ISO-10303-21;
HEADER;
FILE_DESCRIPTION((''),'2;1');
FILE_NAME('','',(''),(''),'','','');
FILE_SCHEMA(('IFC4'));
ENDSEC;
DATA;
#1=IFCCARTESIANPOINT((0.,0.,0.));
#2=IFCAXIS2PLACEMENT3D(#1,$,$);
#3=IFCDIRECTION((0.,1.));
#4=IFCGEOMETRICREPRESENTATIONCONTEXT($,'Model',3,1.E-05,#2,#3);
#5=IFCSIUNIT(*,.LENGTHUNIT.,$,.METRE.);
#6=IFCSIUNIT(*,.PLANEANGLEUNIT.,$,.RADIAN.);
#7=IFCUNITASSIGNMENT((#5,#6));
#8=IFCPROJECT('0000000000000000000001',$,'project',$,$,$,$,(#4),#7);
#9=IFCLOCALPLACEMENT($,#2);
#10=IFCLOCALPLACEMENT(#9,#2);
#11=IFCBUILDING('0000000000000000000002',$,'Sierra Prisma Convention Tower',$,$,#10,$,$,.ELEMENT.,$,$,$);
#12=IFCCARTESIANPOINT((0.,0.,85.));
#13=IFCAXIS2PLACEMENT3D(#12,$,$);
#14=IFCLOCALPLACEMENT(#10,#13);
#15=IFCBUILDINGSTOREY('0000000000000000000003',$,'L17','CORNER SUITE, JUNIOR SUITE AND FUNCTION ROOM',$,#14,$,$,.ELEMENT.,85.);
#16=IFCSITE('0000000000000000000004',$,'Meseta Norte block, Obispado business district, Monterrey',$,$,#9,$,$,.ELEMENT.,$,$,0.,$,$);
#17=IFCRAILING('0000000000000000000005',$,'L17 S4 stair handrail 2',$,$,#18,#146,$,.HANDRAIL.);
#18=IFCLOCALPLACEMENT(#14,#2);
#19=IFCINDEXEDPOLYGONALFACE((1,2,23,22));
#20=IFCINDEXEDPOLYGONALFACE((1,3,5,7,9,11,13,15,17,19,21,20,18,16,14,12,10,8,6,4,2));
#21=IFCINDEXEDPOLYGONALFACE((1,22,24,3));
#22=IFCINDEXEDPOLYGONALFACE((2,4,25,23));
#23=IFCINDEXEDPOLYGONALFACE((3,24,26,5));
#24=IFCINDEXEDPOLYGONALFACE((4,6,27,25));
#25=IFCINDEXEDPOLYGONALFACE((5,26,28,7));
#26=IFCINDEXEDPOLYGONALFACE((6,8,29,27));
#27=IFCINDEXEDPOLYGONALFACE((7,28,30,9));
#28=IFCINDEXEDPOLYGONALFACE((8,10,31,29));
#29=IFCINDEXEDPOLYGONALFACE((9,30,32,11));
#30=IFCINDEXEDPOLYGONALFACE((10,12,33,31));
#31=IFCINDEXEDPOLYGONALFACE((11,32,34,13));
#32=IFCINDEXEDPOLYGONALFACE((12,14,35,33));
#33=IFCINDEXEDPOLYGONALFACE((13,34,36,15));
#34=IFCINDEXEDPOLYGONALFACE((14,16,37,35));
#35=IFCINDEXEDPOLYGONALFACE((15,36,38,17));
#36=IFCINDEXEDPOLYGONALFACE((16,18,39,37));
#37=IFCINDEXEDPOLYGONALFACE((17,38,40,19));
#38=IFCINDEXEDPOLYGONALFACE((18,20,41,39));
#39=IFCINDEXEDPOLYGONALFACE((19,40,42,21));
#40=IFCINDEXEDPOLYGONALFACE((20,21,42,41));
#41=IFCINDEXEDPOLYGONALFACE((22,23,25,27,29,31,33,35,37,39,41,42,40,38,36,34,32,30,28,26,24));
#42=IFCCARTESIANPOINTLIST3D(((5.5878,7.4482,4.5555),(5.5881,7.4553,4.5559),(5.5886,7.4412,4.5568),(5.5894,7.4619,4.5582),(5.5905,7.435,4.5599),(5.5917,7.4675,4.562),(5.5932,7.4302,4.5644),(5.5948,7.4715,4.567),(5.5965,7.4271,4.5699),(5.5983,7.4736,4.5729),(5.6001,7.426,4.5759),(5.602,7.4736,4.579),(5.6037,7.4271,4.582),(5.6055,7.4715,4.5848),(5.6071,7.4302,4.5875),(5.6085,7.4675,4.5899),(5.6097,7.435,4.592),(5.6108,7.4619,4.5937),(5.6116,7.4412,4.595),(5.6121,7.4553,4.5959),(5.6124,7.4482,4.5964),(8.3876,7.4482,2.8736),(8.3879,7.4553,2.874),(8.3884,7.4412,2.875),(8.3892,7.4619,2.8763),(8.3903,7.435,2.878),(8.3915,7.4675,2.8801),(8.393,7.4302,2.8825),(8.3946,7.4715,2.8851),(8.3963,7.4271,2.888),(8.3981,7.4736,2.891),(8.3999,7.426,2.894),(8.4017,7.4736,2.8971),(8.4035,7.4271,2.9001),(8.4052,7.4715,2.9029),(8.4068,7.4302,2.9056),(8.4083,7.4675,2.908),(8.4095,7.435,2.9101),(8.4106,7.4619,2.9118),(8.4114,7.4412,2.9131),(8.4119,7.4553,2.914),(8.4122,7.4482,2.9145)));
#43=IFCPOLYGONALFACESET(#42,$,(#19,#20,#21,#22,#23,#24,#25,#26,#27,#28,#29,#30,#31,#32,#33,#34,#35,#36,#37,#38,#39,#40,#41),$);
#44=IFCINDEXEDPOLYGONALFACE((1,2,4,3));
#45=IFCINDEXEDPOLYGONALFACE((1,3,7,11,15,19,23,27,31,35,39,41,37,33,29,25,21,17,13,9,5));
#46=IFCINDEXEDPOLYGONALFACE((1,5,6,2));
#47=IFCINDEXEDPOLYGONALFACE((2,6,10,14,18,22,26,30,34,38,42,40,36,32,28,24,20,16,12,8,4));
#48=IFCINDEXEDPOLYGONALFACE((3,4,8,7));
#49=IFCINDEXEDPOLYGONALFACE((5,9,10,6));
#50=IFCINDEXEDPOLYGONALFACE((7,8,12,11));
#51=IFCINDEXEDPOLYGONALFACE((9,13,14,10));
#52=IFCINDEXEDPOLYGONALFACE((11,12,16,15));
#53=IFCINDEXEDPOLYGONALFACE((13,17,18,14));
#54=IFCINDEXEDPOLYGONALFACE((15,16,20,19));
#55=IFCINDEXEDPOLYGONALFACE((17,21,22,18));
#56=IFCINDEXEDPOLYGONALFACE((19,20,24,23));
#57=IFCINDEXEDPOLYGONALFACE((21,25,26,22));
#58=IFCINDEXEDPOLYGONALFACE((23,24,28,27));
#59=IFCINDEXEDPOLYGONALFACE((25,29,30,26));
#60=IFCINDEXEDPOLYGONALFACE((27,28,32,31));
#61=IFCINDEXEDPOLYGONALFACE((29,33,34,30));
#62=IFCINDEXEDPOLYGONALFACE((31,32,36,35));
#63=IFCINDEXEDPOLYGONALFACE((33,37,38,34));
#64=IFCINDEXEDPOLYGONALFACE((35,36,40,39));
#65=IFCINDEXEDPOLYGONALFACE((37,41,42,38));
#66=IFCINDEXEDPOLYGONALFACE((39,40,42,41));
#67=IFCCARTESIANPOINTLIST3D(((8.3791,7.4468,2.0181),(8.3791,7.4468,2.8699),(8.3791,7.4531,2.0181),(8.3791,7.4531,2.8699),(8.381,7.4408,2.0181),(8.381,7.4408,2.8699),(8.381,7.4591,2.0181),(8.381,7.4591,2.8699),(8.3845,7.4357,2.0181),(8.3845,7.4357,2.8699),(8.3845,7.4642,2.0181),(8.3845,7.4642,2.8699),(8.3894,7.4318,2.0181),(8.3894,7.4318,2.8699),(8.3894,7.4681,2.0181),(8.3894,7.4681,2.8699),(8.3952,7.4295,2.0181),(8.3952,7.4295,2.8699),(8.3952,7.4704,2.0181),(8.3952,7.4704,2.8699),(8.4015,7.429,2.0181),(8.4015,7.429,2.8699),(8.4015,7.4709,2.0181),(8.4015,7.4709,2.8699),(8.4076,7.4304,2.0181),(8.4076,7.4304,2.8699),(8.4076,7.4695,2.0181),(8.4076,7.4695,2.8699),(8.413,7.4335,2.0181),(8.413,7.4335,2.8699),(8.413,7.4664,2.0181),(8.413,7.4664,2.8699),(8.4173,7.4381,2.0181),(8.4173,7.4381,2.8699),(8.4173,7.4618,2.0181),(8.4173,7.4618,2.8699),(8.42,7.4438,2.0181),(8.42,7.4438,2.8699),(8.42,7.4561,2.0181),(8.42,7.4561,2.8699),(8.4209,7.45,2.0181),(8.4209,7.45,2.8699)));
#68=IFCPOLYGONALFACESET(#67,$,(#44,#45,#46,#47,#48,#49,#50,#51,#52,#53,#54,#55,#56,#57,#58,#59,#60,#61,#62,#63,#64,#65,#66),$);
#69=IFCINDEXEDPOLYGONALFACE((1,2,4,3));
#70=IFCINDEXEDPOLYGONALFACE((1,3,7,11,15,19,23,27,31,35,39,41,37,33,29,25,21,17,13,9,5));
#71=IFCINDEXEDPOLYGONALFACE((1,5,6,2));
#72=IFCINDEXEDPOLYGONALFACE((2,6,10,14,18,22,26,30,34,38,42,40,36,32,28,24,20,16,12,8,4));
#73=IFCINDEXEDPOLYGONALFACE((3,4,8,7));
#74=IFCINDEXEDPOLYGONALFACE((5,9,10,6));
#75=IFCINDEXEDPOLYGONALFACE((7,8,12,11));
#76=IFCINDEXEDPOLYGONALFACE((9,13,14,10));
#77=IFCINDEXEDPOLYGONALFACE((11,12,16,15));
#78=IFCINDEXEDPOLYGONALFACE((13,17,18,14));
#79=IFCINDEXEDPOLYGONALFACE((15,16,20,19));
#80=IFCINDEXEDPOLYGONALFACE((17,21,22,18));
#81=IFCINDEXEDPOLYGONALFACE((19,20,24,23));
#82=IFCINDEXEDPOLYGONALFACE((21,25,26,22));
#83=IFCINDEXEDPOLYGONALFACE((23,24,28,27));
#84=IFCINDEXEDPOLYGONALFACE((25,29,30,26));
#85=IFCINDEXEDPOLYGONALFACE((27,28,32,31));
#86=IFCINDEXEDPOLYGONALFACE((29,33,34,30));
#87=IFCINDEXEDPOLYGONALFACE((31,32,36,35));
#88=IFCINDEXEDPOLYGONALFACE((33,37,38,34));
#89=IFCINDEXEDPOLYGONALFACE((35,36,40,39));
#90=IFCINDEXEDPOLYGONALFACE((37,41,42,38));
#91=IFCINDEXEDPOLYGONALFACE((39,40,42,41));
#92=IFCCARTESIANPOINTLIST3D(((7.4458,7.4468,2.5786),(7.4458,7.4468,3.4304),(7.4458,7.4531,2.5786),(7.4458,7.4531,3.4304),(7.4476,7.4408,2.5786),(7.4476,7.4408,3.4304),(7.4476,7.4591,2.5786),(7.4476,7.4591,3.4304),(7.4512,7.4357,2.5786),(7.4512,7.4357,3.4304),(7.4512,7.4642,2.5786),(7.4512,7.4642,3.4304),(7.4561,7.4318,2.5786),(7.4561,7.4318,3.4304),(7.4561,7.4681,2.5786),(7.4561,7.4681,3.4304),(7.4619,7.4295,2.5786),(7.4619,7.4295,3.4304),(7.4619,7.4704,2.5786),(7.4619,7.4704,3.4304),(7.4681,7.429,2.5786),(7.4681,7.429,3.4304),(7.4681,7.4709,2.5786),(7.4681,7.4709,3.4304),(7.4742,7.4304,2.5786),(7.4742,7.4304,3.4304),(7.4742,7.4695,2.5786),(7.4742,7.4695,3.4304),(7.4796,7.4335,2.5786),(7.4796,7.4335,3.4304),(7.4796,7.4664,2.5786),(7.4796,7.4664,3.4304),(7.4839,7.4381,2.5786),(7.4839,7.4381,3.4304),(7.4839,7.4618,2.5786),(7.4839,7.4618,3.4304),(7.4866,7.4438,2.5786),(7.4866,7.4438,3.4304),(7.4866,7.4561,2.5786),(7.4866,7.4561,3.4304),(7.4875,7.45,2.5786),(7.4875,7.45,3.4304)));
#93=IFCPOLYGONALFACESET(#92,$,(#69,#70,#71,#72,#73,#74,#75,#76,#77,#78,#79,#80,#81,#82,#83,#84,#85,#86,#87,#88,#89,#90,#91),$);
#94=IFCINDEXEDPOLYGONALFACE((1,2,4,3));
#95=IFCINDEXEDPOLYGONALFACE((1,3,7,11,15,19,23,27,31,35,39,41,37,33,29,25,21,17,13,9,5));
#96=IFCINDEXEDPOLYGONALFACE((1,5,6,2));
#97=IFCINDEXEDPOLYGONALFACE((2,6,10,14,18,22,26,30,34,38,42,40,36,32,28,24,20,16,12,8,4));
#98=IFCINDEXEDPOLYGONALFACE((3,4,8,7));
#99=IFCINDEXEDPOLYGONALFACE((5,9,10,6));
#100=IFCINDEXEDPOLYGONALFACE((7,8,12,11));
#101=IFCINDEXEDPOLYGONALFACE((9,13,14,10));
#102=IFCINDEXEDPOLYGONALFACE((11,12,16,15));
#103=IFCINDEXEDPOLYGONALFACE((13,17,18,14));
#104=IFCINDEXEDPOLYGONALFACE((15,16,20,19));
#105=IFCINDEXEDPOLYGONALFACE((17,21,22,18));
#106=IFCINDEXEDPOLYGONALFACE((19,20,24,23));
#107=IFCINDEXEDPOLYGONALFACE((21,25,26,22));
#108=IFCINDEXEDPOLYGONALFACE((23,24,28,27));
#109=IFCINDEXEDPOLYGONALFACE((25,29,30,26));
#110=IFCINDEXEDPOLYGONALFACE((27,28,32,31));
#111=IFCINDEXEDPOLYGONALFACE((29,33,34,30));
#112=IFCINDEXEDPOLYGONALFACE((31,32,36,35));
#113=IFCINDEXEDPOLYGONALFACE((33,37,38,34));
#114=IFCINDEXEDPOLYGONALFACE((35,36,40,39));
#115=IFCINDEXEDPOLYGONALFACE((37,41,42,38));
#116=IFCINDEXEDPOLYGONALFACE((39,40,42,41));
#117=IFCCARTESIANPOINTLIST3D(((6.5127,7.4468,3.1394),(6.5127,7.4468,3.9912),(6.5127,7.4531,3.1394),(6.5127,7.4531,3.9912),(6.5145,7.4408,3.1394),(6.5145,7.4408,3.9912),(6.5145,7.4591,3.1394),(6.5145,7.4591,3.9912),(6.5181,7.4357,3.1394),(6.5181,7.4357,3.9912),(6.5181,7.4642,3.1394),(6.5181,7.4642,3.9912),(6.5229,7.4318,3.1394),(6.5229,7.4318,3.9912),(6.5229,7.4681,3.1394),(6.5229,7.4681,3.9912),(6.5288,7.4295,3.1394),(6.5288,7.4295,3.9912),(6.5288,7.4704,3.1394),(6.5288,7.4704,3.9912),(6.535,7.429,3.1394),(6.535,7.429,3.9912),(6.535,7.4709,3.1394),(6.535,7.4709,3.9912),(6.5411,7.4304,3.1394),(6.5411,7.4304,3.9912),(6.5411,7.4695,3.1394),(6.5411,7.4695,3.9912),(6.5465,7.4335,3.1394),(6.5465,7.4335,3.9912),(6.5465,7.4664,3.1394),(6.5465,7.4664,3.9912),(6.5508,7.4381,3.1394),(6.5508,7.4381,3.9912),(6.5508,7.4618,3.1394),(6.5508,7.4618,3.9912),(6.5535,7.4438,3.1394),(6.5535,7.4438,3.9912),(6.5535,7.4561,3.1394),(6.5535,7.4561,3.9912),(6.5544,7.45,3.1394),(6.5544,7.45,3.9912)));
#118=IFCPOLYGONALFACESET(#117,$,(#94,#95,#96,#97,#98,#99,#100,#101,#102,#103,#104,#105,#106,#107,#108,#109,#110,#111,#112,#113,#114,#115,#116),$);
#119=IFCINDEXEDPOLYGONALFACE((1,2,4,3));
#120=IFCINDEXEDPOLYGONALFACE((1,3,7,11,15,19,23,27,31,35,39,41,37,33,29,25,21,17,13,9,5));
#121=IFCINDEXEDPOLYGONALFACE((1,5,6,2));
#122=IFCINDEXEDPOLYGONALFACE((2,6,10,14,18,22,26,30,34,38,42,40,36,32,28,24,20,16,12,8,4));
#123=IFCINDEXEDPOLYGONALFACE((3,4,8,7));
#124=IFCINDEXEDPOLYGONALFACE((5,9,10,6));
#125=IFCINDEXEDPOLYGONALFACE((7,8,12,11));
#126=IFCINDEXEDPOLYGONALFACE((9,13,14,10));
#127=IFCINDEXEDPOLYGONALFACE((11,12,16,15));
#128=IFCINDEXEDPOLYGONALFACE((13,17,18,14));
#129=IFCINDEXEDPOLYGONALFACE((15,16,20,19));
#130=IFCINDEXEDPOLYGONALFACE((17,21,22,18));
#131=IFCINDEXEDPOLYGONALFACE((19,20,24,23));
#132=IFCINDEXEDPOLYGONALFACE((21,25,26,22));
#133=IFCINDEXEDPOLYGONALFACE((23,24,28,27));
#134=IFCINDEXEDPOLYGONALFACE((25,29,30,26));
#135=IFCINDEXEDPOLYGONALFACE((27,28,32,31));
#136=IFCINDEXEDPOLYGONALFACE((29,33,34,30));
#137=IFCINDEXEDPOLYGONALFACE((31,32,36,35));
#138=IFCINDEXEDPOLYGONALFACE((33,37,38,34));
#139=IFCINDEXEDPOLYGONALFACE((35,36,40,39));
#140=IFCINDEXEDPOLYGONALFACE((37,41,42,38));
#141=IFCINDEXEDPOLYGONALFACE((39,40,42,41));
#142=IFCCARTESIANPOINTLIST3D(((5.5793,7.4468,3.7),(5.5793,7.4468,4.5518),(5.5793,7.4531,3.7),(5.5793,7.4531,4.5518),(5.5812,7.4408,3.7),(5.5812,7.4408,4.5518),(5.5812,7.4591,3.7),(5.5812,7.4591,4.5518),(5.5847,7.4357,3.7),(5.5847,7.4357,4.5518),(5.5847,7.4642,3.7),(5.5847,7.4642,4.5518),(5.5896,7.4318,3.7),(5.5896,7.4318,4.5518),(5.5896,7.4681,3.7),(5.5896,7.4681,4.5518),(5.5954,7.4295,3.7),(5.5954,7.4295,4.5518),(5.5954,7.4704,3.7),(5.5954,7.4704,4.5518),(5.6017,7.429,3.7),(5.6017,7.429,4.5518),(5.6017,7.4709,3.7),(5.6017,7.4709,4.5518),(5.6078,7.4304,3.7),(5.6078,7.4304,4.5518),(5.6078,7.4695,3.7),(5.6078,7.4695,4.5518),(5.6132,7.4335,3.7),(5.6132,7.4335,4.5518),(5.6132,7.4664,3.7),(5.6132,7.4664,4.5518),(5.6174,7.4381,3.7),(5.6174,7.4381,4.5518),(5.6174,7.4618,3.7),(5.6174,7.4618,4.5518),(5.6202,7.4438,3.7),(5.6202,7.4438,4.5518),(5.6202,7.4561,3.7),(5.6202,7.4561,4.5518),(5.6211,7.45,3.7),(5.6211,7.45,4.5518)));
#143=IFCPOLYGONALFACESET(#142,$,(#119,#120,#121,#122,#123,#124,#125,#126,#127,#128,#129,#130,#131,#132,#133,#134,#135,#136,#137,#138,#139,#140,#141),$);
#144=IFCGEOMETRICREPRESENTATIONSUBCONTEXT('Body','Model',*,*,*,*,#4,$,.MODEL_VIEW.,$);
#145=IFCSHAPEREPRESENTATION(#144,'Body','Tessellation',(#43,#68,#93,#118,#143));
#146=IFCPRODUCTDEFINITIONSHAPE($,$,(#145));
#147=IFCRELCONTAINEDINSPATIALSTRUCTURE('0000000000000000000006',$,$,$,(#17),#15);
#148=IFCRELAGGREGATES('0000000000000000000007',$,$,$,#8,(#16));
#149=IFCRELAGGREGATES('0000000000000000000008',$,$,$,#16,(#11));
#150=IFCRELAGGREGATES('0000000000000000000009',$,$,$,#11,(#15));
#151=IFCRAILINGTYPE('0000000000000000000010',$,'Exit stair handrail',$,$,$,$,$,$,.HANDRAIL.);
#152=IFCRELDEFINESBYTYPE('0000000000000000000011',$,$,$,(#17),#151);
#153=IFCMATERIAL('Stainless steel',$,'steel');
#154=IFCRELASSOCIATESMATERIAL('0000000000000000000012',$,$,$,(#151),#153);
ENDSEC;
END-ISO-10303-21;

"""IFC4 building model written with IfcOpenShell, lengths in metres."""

from ifc_helpers import new_model, si_unit, direction, frame, origin, origin_2d, place, context, subcontext, project, spatial, circle, extrude, material, type_object, element, save


model = new_model("IFC4")

# Units and contexts
model_context = context("Model", 3, precision=1e-05, world=origin(), true_north=direction((0.0, 1.0)))
body_context = subcontext(model_context, "Body", "Model", "MODEL_VIEW")
ifc_project = project(units=[si_unit("LENGTHUNIT", "METRE"), si_unit("PLANEANGLEUNIT", "RADIAN")], contexts=[model_context])

# Site, building, storey
site_placement = place(None, origin())
site = spatial("IfcSite", under=ifc_project, at=site_placement, Name="Meseta Norte block, Obispado business district, Monterrey", CompositionType="ELEMENT", RefElevation=0.0)
building_placement = place(site_placement, origin())
building = spatial("IfcBuilding", under=site, at=building_placement, Name="Sierra Prisma Convention Tower", CompositionType="ELEMENT")
storey_placement = place(building_placement, frame((0.0, 0.0, 85.0)))
storey = spatial("IfcBuildingStorey", under=building, at=storey_placement, Name="L17", Description="CORNER SUITE, JUNIOR SUITE AND FUNCTION ROOM", CompositionType="ELEMENT", Elevation=85.0)

# Railing
ifc_material_1 = material(Name="Stainless steel", Category="steel")
railing_type_1 = type_object("IfcRailingType", Name="Exit stair handrail", PredefinedType="HANDRAIL", material=ifc_material_1)
railing_1_placement = place(storey_placement, frame((8.3999, 7.45, 2.0181)))
element("IfcRailing", 1, at=railing_1_placement, inside=storey, type_object=railing_type_1, Name="L17 S4 stair handrail 2", PredefinedType="HANDRAIL", context=body_context, shape_type="SweptSolid", body=[
    extrude(circle(Radius=0.0239, at=origin_2d()), frame((0.0, 0.0, 0.876), z_axis=(-0.857222, 0.0, 0.514946), x_axis=(0.0, -1.0, 0.0)), (0.0, 0.0, 1.0), 3.2661),
    extrude(circle(Radius=0.021, at=origin_2d()), origin(), (0.0, 0.0, 1.0), 0.8518),
    extrude(circle(Radius=0.021, at=origin_2d()), frame((-0.9333, 0.0, 0.5605)), (0.0, 0.0, 1.0), 0.8518),
    extrude(circle(Radius=0.021, at=origin_2d()), frame((-1.8665, 0.0, 1.1213)), (0.0, 0.0, 1.0), 0.8518),
    extrude(circle(Radius=0.021, at=origin_2d()), frame((-2.7998, 0.0, 1.6819)), (0.0, 0.0, 1.0), 0.8518),
])

save(model, "model.ifc")
